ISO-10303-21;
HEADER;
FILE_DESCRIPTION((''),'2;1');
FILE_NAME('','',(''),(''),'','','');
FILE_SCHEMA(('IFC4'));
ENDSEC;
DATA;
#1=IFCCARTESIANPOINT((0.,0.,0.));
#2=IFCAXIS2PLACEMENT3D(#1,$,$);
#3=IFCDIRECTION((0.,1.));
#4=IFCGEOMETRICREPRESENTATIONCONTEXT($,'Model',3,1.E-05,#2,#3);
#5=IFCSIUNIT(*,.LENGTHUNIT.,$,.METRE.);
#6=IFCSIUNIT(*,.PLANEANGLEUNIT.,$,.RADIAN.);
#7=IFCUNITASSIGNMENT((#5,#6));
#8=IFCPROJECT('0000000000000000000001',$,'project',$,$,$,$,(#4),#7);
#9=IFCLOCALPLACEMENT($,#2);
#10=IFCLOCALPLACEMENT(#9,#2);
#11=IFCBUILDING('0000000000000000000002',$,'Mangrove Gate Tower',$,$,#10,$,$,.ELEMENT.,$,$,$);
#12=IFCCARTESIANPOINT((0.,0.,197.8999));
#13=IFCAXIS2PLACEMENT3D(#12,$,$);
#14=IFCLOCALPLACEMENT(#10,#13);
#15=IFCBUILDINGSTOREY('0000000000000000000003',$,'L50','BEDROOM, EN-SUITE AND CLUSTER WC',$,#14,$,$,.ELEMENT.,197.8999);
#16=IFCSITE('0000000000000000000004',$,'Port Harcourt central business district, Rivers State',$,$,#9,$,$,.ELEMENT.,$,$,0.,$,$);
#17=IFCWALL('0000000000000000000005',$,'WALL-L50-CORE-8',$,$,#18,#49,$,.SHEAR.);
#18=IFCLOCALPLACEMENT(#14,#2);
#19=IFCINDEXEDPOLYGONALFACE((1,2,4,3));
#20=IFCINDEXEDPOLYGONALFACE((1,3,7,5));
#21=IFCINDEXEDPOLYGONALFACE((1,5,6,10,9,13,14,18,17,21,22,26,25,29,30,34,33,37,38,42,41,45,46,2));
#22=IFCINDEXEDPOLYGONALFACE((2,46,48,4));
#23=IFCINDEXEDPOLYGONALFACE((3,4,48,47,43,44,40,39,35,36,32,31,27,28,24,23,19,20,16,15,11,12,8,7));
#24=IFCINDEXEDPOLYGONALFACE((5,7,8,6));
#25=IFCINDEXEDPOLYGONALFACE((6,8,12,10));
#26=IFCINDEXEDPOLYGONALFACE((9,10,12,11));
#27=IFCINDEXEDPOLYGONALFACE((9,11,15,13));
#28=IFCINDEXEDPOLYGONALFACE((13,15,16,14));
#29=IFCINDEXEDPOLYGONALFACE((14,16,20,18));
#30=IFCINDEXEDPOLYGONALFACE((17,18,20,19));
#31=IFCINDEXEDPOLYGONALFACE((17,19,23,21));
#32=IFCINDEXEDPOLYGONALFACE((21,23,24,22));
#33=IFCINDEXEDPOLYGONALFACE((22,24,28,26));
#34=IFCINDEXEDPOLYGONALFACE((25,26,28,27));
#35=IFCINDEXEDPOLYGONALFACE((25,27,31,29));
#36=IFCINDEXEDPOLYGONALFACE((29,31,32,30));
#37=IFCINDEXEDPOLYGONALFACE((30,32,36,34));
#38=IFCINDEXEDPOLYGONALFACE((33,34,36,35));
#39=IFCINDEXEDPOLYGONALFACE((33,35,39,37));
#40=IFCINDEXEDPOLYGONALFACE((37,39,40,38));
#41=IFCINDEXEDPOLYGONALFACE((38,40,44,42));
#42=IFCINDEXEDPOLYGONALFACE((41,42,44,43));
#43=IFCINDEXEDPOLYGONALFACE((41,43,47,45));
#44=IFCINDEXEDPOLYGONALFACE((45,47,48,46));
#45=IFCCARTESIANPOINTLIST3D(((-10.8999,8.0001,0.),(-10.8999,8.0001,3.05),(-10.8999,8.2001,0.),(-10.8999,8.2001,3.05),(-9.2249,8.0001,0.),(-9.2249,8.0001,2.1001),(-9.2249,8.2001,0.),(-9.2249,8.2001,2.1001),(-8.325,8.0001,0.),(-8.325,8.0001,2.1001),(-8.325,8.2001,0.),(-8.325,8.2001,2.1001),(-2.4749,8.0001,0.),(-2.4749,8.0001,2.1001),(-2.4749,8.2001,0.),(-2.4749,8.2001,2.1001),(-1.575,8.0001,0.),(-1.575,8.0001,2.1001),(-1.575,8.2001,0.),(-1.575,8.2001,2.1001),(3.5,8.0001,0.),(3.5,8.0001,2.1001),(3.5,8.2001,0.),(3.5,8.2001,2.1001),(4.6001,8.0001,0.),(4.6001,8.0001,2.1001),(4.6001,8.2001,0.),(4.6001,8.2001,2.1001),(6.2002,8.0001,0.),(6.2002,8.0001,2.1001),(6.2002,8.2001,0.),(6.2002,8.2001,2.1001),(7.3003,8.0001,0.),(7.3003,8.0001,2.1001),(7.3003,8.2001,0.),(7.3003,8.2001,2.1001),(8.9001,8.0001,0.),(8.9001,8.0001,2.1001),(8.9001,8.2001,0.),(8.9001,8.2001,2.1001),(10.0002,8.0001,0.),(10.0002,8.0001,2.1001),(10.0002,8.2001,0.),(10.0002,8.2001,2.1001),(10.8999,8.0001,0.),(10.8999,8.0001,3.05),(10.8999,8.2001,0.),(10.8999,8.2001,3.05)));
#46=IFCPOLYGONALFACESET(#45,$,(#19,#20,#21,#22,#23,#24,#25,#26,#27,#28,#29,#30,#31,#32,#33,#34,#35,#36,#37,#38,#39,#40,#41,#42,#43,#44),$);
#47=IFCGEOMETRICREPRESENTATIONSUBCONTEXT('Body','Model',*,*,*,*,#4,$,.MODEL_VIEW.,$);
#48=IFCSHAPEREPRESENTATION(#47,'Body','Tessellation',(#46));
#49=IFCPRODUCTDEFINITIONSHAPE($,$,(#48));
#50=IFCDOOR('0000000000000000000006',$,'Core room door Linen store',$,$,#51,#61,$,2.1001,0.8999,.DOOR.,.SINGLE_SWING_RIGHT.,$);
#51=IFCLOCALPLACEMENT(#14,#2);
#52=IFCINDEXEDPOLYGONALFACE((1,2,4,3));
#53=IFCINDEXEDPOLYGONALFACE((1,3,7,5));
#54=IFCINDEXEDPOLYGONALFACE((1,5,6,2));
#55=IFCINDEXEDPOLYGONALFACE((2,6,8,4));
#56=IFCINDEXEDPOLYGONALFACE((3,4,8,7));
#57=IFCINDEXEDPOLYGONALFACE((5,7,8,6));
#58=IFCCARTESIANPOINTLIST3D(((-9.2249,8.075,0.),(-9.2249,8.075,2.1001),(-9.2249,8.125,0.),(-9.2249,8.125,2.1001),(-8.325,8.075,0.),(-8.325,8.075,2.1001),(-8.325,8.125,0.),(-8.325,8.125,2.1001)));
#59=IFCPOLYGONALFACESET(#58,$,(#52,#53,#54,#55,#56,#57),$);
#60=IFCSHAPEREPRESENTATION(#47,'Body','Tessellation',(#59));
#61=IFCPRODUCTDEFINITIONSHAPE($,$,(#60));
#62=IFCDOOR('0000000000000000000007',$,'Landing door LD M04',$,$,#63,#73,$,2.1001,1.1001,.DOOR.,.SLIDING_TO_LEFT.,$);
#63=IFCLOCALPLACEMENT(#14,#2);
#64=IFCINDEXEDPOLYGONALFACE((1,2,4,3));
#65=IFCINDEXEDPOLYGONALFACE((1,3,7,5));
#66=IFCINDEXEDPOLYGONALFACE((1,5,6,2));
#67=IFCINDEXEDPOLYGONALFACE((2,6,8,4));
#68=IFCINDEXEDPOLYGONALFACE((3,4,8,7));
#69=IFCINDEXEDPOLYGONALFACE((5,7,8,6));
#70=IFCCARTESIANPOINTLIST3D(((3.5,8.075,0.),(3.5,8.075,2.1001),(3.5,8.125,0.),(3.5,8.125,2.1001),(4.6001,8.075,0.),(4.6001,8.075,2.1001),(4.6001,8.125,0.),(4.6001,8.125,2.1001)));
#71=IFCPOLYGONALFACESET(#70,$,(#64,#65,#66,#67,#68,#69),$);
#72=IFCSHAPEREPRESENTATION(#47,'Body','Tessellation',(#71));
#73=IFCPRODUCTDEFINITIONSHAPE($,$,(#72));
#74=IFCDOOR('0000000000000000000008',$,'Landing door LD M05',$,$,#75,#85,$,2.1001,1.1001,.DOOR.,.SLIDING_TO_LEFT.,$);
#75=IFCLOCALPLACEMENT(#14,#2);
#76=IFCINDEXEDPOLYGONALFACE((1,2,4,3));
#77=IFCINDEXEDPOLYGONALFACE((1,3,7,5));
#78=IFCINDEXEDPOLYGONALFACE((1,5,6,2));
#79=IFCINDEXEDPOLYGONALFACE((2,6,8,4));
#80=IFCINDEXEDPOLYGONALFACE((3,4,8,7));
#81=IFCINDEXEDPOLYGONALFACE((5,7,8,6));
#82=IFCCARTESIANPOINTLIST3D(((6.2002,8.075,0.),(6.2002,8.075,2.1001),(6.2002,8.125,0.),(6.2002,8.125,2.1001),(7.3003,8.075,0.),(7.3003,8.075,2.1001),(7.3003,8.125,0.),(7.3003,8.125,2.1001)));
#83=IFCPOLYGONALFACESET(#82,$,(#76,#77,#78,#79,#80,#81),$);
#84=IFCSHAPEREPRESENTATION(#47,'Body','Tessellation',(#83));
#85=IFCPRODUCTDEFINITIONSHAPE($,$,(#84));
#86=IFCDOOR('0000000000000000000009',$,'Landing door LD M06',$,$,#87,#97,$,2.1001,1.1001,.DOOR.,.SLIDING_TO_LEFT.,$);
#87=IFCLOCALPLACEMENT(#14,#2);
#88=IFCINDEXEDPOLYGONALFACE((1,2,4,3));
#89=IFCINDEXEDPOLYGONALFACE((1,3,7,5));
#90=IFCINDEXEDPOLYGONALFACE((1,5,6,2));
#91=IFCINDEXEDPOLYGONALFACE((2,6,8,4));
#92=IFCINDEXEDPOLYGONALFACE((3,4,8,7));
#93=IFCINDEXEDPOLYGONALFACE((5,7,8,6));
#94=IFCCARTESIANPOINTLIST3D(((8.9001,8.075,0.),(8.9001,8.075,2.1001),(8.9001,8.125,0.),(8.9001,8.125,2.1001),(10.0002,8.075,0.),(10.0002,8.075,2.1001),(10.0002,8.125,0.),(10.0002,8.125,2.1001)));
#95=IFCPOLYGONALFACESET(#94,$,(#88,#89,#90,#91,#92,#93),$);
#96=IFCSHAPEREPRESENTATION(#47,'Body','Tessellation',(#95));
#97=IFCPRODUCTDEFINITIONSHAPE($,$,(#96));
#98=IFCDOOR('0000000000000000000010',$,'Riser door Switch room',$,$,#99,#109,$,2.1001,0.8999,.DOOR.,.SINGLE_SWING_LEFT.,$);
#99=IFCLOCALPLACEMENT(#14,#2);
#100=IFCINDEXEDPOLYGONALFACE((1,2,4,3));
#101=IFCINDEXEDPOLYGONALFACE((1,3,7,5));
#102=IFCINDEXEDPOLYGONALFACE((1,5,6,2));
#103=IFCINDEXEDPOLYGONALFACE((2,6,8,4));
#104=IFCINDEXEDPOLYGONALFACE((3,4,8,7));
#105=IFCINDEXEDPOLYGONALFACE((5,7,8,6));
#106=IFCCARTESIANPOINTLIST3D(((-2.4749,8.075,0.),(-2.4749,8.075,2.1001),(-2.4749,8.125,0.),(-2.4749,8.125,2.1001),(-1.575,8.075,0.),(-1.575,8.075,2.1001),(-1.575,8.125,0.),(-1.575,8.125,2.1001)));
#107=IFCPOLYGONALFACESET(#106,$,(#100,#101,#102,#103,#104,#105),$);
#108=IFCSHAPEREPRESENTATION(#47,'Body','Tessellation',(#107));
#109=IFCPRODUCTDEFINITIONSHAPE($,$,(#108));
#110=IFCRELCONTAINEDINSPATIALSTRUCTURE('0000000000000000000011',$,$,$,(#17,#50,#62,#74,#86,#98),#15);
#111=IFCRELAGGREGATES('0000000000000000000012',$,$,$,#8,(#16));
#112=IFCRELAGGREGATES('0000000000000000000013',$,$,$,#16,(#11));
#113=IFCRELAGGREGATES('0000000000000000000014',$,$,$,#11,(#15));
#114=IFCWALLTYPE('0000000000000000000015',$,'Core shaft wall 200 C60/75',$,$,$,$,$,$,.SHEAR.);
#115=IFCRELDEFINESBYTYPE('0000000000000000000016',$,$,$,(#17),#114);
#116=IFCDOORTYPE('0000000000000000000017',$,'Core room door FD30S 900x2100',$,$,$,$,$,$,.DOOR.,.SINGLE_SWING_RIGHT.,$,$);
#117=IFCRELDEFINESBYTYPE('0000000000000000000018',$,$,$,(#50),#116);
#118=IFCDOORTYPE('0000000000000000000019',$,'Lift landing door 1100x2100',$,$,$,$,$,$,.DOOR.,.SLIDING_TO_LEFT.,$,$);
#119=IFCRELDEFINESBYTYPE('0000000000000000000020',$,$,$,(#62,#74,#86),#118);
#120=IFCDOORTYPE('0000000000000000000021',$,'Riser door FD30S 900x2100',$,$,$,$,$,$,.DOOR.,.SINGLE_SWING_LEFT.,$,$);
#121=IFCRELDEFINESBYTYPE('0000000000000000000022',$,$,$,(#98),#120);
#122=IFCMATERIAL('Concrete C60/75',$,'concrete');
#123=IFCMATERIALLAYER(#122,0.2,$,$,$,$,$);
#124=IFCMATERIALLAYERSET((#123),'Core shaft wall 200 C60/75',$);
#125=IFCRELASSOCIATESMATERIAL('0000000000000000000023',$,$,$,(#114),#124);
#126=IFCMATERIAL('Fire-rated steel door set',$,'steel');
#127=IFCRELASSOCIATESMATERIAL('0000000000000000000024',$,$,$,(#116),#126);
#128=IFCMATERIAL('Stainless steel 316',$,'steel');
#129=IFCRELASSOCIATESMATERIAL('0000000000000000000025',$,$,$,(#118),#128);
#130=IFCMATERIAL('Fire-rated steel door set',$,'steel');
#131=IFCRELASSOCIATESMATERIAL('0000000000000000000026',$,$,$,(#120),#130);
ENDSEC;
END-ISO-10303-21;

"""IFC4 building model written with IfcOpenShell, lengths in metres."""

from ifc_helpers import new_model, si_unit, direction, frame, frame_2d, origin, place, context, subcontext, project, spatial, rectangle, extrude, material, layer, layer_set, type_object, element, fill, save


model = new_model("IFC4")

# Units and contexts
model_context = context("Model", 3, precision=1e-05, world=origin(), true_north=direction((0.0, 1.0)))
body_context = subcontext(model_context, "Body", "Model", "MODEL_VIEW")
ifc_project = project(units=[si_unit("LENGTHUNIT", "METRE"), si_unit("PLANEANGLEUNIT", "RADIAN")], contexts=[model_context])

# Site, building, storey
site_placement = place(None, origin())
site = spatial("IfcSite", under=ifc_project, at=site_placement, Name="Port Harcourt central business district, Rivers State", CompositionType="ELEMENT", RefElevation=0.0)
building_placement = place(site_placement, origin())
building = spatial("IfcBuilding", under=site, at=building_placement, Name="Mangrove Gate Tower", CompositionType="ELEMENT")
storey_placement = place(building_placement, frame((0.0, 0.0, 197.8999)))
storey = spatial("IfcBuildingStorey", under=building, at=storey_placement, Name="L50", Description="BEDROOM, EN-SUITE AND CLUSTER WC", CompositionType="ELEMENT", Elevation=197.8999)

# Shared definitions
ifc_material_1 = material(Name="Concrete C60/75", Category="concrete")
ifc_layer_1 = layer(ifc_material_1, 0.2)
ifc_layer_set_1 = layer_set([ifc_layer_1], Name="Core shaft wall 200 C60/75")
wall_type_1 = type_object("IfcWallType", Name="Core shaft wall 200 C60/75", PredefinedType="SHEAR", material=ifc_layer_set_1)

# Wall, openings, doors
ifc_material_2 = material(Name="Fire-rated steel door set", Category="steel")
door_type_1 = type_object("IfcDoorType", Name="Core room door FD30S 900x2100", OperationType="SINGLE_SWING_RIGHT", PredefinedType="DOOR", material=ifc_material_2)
ifc_material_3 = material(Name="Stainless steel 316", Category="steel")
door_type_2 = type_object("IfcDoorType", Name="Lift landing door 1100x2100", OperationType="SLIDING_TO_LEFT", PredefinedType="DOOR", material=ifc_material_3)
ifc_material_4 = material(Name="Fire-rated steel door set", Category="steel")
door_type_3 = type_object("IfcDoorType", Name="Riser door FD30S 900x2100", OperationType="SINGLE_SWING_LEFT", PredefinedType="DOOR", material=ifc_material_4)
wall_1_placement = place(storey_placement, frame((-10.8999, 8.1001, 0.0), z_axis=(0.0, 0.0, 1.0), x_axis=(1.0, 0.0, 0.0)))
wall_1 = element("IfcWall", 1, at=wall_1_placement, inside=storey, type_object=wall_type_1, Name="WALL-L50-CORE-8", PredefinedType="SHEAR", context=body_context, shape_type="SweptSolid", body=[
    extrude(rectangle(XDim=21.7998, YDim=0.2, at=frame_2d((10.8999, 0.0))), origin(), (0.0, 0.0, 1.0), 3.05),
])
opening_1_placement = place(wall_1_placement, frame((14.3999, 0.0, 0.0)))
opening_1 = element("IfcOpeningElement", 2, at=opening_1_placement, cuts=wall_1, PredefinedType="OPENING", context=body_context, shape_type="SweptSolid", body=[
    extrude(rectangle(XDim=1.1001, YDim=2.1001, at=frame_2d((0.55, 1.05))), frame((0.0, 0.1099, 0.0), z_axis=(0.0, -1.0, 0.0), x_axis=(1.0, 0.0, 0.0)), (0.0, 0.0, 1.0), 0.22),
])
opening_2_placement = place(wall_1_placement, frame((17.1001, 0.0, 0.0)))
opening_2 = element("IfcOpeningElement", 3, at=opening_2_placement, cuts=wall_1, PredefinedType="OPENING", context=body_context, shape_type="SweptSolid", body=[
    extrude(rectangle(XDim=1.1001, YDim=2.1001, at=frame_2d((0.55, 1.05))), frame((0.0, 0.1099, 0.0), z_axis=(0.0, -1.0, 0.0), x_axis=(1.0, 0.0, 0.0)), (0.0, 0.0, 1.0), 0.22),
])
opening_3_placement = place(wall_1_placement, frame((19.8, 0.0, 0.0)))
opening_3 = element("IfcOpeningElement", 4, at=opening_3_placement, cuts=wall_1, PredefinedType="OPENING", context=body_context, shape_type="SweptSolid", body=[
    extrude(rectangle(XDim=1.1001, YDim=2.1001, at=frame_2d((0.55, 1.05))), frame((0.0, 0.1099, 0.0), z_axis=(0.0, -1.0, 0.0), x_axis=(1.0, 0.0, 0.0)), (0.0, 0.0, 1.0), 0.22),
])
opening_4_placement = place(wall_1_placement, frame((1.675, 0.0, 0.0)))
opening_4 = element("IfcOpeningElement", 5, at=opening_4_placement, cuts=wall_1, PredefinedType="OPENING", context=body_context, shape_type="SweptSolid", body=[
    extrude(rectangle(XDim=0.8999, YDim=2.1001, at=frame_2d((0.45, 1.05))), frame((0.0, 0.1099, 0.0), z_axis=(0.0, -1.0, 0.0), x_axis=(1.0, 0.0, 0.0)), (0.0, 0.0, 1.0), 0.22),
])
opening_5_placement = place(wall_1_placement, frame((8.425, 0.0, 0.0)))
opening_5 = element("IfcOpeningElement", 6, at=opening_5_placement, cuts=wall_1, PredefinedType="OPENING", context=body_context, shape_type="SweptSolid", body=[
    extrude(rectangle(XDim=0.8999, YDim=2.1001, at=frame_2d((0.45, 1.05))), frame((0.0, 0.1099, 0.0), z_axis=(0.0, -1.0, 0.0), x_axis=(1.0, 0.0, 0.0)), (0.0, 0.0, 1.0), 0.22),
])
door_1_placement = place(opening_4_placement, origin())
door_1 = element("IfcDoor", 7, at=door_1_placement, inside=storey, type_object=door_type_1, Name="Core room door Linen store", OperationType="SINGLE_SWING_RIGHT", OverallHeight=2.1001, OverallWidth=0.8999, PredefinedType="DOOR", context=body_context, shape_type="SweptSolid", body=[
    extrude(rectangle(XDim=0.8999, YDim=2.1001, at=frame_2d((0.45, 1.05))), frame((0.0, 0.0249, 0.0), z_axis=(0.0, -1.0, 0.0), x_axis=(1.0, 0.0, 0.0)), (0.0, 0.0, 1.0), 0.05),
])
fill(opening_4, door_1)
door_2_placement = place(opening_1_placement, origin())
door_2 = element("IfcDoor", 8, at=door_2_placement, inside=storey, type_object=door_type_2, Name="Landing door LD M04", OperationType="SLIDING_TO_LEFT", OverallHeight=2.1001, OverallWidth=1.1001, PredefinedType="DOOR", context=body_context, shape_type="SweptSolid", body=[
    extrude(rectangle(XDim=1.1001, YDim=2.1001, at=frame_2d((0.55, 1.05))), frame((0.0, 0.0249, 0.0), z_axis=(0.0, -1.0, 0.0), x_axis=(1.0, 0.0, 0.0)), (0.0, 0.0, 1.0), 0.05),
])
fill(opening_1, door_2)
door_3_placement = place(opening_2_placement, origin())
door_3 = element("IfcDoor", 9, at=door_3_placement, inside=storey, type_object=door_type_2, Name="Landing door LD M05", OperationType="SLIDING_TO_LEFT", OverallHeight=2.1001, OverallWidth=1.1001, PredefinedType="DOOR", context=body_context, shape_type="SweptSolid", body=[
    extrude(rectangle(XDim=1.1001, YDim=2.1001, at=frame_2d((0.55, 1.05))), frame((0.0, 0.0249, 0.0), z_axis=(0.0, -1.0, 0.0), x_axis=(1.0, 0.0, 0.0)), (0.0, 0.0, 1.0), 0.05),
])
fill(opening_2, door_3)
door_4_placement = place(opening_3_placement, origin())
door_4 = element("IfcDoor", 10, at=door_4_placement, inside=storey, type_object=door_type_2, Name="Landing door LD M06", OperationType="SLIDING_TO_LEFT", OverallHeight=2.1001, OverallWidth=1.1001, PredefinedType="DOOR", context=body_context, shape_type="SweptSolid", body=[
    extrude(rectangle(XDim=1.1001, YDim=2.1001, at=frame_2d((0.55, 1.05))), frame((0.0, 0.0249, 0.0), z_axis=(0.0, -1.0, 0.0), x_axis=(1.0, 0.0, 0.0)), (0.0, 0.0, 1.0), 0.05),
])
fill(opening_3, door_4)
door_5_placement = place(opening_5_placement, origin())
door_5 = element("IfcDoor", 11, at=door_5_placement, inside=storey, type_object=door_type_3, Name="Riser door Switch room", OperationType="SINGLE_SWING_LEFT", OverallHeight=2.1001, OverallWidth=0.8999, PredefinedType="DOOR", context=body_context, shape_type="SweptSolid", body=[
    extrude(rectangle(XDim=0.8999, YDim=2.1001, at=frame_2d((0.45, 1.05))), frame((0.0, 0.0249, 0.0), z_axis=(0.0, -1.0, 0.0), x_axis=(1.0, 0.0, 0.0)), (0.0, 0.0, 1.0), 0.05),
])
fill(opening_5, door_5)

save(model, "model.ifc")
